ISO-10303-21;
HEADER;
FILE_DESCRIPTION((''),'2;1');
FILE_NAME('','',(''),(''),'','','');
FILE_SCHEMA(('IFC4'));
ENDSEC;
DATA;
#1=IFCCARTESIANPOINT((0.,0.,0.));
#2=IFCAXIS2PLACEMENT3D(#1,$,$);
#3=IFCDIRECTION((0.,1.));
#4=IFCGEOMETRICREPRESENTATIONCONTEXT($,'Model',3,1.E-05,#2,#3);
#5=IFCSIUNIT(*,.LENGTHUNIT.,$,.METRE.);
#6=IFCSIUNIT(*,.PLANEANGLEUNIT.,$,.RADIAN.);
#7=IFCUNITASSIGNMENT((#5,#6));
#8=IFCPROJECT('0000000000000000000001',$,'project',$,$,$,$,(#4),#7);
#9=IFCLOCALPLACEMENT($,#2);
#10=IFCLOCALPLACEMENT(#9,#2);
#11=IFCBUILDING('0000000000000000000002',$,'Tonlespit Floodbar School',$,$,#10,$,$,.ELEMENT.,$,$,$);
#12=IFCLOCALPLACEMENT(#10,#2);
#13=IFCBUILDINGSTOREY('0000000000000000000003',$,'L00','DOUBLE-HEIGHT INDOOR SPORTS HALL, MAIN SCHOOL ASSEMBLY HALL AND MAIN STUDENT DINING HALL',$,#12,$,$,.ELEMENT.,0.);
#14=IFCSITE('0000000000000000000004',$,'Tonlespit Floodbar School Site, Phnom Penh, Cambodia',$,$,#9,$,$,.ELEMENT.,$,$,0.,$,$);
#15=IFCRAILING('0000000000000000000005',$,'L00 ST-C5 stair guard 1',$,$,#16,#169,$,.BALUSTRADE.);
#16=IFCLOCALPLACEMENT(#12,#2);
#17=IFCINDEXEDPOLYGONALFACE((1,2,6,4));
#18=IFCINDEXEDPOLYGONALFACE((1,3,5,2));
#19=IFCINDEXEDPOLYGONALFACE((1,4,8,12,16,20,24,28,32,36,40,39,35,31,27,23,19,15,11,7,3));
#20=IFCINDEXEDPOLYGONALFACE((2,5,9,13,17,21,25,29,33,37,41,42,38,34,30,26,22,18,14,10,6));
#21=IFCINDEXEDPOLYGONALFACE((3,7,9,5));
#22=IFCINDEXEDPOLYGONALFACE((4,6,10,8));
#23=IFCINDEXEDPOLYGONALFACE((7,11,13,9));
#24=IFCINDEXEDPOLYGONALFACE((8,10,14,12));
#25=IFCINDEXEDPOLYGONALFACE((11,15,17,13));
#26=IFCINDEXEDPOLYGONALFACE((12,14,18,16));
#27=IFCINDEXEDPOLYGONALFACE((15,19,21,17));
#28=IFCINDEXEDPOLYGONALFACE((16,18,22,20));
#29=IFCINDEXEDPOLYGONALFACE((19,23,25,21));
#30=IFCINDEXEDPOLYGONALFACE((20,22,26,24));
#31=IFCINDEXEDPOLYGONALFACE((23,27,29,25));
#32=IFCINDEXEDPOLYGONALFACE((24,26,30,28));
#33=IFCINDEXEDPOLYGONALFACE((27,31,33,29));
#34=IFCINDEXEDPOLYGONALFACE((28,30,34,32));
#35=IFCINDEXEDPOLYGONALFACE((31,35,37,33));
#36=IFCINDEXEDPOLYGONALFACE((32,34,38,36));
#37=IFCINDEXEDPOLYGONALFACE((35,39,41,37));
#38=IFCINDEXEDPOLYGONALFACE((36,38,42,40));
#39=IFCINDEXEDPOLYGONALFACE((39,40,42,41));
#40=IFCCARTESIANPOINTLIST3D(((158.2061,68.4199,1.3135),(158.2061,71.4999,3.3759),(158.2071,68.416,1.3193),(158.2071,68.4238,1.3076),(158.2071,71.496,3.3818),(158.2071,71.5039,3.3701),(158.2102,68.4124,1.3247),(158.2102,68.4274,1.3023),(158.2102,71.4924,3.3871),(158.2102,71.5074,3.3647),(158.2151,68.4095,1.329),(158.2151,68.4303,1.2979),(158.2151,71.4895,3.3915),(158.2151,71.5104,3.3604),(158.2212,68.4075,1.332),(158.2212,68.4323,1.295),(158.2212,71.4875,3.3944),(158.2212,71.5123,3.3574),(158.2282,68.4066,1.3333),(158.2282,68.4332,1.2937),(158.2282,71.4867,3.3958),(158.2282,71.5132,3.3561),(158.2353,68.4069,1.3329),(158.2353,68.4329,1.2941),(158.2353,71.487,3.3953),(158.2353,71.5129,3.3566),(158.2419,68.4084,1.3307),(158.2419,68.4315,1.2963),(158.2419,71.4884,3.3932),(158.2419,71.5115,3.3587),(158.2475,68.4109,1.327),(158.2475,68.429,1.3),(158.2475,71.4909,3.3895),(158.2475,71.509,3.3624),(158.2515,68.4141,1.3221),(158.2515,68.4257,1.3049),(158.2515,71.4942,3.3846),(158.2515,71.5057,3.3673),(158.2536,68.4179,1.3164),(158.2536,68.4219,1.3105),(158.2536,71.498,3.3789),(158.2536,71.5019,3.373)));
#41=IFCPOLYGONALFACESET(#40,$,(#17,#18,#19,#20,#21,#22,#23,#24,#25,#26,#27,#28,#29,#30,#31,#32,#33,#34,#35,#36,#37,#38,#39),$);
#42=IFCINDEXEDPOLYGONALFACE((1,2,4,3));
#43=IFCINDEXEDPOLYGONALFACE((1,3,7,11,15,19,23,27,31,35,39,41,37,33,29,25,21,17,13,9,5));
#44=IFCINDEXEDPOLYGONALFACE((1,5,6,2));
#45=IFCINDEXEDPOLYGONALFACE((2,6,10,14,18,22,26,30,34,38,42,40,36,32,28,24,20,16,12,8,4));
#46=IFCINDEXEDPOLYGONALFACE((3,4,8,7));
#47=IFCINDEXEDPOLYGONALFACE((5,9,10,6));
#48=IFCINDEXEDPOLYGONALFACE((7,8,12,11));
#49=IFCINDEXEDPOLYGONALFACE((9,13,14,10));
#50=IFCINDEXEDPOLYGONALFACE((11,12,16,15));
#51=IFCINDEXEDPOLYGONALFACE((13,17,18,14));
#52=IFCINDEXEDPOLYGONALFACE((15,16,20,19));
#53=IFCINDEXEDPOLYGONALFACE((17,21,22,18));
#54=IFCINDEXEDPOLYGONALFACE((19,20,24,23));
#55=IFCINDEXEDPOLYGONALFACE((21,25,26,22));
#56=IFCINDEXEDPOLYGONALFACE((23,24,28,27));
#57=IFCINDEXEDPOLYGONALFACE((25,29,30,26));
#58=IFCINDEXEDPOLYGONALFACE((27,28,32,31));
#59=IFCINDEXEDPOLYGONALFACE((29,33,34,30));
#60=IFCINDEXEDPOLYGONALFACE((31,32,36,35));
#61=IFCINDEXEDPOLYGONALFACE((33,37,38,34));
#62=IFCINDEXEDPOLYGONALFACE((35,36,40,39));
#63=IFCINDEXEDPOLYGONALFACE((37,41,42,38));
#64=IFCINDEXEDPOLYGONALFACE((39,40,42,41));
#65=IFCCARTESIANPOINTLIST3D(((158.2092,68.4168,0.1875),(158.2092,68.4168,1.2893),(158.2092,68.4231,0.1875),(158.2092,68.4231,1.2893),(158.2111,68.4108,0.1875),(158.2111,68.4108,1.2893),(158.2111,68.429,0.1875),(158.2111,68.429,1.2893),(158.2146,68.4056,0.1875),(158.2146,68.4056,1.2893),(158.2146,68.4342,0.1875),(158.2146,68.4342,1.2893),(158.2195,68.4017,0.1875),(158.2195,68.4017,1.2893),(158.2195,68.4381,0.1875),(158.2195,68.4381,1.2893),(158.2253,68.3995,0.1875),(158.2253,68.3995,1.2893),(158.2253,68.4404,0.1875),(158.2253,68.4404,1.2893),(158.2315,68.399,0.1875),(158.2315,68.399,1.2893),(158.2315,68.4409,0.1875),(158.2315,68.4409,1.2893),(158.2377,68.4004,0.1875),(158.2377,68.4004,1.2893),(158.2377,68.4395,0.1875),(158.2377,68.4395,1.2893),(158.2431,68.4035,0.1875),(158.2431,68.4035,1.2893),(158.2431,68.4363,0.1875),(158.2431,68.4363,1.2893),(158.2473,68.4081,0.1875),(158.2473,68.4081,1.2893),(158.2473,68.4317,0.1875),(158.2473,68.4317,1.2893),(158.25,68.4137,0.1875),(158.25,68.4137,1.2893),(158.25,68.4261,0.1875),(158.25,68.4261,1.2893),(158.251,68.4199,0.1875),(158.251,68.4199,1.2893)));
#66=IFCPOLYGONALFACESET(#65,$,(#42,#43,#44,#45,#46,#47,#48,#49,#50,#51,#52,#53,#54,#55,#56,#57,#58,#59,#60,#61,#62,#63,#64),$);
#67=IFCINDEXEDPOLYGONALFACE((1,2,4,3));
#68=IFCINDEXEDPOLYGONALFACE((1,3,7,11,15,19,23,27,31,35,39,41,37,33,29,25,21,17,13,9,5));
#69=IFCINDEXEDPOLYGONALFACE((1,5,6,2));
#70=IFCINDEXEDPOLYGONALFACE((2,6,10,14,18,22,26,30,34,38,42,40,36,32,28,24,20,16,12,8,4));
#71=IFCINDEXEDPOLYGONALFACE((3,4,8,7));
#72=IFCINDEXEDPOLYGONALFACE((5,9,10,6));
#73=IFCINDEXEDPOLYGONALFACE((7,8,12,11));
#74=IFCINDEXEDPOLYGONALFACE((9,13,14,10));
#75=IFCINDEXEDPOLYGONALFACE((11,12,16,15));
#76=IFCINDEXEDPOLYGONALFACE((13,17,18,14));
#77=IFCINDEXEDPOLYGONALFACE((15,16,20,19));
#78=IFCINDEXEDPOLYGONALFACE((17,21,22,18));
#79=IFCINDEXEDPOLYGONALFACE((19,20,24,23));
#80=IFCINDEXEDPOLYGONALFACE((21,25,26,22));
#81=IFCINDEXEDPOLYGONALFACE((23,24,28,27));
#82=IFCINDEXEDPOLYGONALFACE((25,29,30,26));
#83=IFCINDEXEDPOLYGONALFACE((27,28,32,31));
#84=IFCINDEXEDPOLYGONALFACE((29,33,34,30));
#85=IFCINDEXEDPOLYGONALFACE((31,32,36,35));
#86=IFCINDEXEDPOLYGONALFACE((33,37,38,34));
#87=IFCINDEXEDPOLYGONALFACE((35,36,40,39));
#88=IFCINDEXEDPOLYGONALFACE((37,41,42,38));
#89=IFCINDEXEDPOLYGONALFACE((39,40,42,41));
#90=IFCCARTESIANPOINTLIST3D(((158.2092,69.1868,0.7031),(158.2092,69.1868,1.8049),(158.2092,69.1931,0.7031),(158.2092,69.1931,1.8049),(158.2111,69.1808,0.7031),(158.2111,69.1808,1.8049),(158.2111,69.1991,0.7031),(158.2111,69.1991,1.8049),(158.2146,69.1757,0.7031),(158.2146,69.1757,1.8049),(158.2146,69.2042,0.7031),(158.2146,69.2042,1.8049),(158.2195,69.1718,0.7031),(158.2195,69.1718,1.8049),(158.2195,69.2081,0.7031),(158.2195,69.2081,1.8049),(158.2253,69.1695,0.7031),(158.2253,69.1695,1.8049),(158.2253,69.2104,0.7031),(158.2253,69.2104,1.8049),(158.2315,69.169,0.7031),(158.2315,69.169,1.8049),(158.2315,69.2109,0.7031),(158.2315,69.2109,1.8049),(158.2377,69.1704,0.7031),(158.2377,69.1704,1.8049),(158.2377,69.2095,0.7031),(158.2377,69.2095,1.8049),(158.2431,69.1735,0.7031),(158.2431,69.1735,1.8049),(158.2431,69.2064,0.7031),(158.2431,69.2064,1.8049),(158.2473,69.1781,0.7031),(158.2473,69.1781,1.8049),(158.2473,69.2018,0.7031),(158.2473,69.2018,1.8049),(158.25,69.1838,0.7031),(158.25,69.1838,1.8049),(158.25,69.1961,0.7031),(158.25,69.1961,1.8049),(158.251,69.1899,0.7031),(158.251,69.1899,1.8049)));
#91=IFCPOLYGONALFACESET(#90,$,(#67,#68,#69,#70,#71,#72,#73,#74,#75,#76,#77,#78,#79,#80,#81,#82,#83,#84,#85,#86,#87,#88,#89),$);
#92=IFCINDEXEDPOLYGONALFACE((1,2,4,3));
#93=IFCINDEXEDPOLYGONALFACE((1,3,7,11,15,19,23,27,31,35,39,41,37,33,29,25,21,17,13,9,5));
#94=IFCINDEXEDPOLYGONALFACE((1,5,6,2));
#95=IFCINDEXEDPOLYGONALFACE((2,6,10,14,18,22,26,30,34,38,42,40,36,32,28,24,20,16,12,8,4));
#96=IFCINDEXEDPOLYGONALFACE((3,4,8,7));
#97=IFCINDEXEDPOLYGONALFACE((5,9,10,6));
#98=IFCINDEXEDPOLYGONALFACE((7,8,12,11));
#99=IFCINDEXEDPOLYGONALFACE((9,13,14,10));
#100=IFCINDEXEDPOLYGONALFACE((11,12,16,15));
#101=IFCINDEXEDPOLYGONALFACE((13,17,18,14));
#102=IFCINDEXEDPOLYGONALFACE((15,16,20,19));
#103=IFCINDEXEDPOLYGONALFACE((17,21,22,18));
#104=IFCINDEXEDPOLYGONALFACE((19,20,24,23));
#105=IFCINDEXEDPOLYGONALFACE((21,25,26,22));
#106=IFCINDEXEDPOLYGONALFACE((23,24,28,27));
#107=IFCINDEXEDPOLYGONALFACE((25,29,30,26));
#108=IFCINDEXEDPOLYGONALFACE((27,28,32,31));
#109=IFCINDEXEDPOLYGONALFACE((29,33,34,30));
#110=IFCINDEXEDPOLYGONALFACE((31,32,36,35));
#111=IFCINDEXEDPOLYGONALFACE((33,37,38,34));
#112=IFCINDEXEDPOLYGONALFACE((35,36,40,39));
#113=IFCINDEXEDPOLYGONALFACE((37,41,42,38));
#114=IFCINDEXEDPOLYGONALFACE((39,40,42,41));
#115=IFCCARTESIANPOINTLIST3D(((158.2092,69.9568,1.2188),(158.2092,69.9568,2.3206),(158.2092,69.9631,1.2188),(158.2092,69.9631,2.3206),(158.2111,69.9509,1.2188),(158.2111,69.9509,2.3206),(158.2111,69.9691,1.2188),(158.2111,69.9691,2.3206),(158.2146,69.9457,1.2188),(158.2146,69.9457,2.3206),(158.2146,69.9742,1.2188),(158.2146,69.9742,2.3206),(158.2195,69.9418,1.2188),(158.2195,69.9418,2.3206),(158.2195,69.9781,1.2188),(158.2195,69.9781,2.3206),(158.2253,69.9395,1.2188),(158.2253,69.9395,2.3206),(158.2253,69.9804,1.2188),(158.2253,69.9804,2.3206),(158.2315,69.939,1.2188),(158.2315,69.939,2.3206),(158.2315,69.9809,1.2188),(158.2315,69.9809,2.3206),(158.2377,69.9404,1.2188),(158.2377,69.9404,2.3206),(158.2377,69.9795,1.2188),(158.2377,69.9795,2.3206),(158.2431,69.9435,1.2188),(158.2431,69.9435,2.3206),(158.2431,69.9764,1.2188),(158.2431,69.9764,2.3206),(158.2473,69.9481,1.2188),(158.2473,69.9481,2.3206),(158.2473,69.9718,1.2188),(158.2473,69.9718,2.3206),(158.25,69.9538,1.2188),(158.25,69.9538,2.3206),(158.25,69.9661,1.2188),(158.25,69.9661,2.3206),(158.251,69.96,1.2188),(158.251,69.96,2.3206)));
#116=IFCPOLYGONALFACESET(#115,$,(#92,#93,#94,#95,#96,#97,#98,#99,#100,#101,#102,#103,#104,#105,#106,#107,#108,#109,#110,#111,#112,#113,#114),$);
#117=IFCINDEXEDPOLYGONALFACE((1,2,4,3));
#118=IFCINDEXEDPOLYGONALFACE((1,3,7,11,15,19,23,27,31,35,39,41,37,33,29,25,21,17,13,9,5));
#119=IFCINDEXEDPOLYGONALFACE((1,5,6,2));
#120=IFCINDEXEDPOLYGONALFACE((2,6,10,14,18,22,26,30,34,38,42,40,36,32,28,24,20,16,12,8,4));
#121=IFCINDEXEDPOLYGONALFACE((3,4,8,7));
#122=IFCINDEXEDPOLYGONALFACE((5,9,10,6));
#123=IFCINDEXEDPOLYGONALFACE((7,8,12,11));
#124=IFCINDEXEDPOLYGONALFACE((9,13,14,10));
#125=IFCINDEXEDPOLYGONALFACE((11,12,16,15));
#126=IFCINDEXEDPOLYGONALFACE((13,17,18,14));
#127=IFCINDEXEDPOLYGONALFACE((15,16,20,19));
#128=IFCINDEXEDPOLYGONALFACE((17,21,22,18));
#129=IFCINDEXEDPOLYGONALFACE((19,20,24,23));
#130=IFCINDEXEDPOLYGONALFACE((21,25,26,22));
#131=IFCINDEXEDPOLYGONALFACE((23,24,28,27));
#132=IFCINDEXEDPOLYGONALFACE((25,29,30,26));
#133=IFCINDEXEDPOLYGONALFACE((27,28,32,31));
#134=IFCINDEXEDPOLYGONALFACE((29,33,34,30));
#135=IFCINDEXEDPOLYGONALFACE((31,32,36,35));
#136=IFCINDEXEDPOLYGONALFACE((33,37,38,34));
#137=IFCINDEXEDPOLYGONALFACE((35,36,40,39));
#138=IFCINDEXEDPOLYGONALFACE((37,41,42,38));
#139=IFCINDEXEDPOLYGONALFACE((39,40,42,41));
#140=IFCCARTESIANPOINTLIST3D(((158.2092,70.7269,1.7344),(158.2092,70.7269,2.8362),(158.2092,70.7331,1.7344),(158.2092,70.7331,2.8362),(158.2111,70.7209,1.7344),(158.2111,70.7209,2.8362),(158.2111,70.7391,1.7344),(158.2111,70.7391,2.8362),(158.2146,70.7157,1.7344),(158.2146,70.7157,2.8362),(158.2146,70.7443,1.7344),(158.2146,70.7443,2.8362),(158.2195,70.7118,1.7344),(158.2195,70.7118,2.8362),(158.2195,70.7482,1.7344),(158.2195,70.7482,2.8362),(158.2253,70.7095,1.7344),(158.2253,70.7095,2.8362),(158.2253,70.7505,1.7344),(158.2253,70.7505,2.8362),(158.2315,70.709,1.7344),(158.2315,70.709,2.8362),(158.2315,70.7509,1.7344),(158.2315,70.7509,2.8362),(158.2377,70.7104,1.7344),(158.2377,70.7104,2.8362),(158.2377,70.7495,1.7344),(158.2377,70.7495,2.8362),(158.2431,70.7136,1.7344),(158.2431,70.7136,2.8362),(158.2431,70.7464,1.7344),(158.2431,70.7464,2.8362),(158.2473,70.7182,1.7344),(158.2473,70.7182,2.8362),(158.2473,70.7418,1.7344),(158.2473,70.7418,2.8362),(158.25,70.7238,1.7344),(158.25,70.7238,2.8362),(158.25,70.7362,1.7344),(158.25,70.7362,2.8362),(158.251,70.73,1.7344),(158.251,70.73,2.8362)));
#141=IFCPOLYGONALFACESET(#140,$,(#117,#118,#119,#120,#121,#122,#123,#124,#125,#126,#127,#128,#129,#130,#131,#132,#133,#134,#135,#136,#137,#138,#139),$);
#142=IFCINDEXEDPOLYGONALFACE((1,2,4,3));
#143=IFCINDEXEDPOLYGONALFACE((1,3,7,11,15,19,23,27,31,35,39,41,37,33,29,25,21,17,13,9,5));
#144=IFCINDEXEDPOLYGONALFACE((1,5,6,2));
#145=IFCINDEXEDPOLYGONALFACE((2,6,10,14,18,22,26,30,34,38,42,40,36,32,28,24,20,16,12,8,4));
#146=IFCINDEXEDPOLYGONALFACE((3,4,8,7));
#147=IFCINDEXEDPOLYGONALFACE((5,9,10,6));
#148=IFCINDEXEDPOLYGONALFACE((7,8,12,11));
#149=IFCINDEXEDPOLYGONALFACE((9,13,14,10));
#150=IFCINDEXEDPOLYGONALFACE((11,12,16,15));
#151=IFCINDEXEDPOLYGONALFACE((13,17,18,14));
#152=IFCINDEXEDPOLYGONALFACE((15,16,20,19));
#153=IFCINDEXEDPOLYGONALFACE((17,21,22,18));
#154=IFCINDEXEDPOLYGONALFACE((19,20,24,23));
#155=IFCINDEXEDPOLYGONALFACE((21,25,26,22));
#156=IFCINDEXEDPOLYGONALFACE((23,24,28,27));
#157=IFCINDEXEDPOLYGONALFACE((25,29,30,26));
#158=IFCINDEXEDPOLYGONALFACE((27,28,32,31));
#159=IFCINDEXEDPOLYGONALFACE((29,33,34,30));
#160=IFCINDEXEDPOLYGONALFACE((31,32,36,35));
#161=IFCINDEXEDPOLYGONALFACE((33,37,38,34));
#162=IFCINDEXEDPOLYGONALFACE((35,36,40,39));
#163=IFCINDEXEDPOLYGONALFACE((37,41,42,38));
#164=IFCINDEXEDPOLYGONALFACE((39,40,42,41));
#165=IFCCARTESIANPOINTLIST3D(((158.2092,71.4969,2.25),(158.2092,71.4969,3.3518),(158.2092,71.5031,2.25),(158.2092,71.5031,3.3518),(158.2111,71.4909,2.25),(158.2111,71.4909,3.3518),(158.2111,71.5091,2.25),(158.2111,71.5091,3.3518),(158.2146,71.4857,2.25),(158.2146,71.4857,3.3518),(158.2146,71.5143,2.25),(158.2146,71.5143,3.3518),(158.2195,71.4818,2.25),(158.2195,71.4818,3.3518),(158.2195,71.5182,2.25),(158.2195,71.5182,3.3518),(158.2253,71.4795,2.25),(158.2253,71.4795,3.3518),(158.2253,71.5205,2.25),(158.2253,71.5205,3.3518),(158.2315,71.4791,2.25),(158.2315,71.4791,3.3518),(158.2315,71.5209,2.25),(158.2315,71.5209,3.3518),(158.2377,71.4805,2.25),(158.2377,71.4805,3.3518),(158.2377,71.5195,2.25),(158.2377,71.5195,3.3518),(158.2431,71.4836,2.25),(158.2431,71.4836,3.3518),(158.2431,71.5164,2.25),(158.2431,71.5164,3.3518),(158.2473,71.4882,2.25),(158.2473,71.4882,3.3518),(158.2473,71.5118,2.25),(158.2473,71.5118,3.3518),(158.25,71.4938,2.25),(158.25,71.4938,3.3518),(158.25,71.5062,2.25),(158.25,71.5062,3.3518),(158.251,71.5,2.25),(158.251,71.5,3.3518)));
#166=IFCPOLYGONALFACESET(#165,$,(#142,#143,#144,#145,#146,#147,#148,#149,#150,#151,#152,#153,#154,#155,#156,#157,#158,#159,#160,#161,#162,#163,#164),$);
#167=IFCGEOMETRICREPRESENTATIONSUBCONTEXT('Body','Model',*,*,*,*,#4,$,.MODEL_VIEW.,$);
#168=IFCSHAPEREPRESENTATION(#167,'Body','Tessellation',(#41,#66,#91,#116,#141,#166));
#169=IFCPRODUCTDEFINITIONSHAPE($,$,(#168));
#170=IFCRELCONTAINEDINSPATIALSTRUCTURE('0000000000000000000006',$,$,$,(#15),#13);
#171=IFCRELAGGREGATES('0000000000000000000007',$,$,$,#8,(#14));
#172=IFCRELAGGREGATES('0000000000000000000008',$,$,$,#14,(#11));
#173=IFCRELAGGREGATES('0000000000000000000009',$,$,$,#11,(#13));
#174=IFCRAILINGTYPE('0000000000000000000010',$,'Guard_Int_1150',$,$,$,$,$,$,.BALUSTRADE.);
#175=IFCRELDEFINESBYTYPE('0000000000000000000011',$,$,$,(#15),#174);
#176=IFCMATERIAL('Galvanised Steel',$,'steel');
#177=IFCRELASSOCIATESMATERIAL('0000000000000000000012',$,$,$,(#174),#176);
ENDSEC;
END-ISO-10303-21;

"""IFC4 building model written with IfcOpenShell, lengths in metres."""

from ifc_helpers import new_model, si_unit, direction, frame, origin, origin_2d, place, context, subcontext, project, spatial, circle, extrude, material, type_object, element, save


model = new_model("IFC4")

# Units and contexts
model_context = context("Model", 3, precision=1e-05, world=origin(), true_north=direction((0.0, 1.0)))
body_context = subcontext(model_context, "Body", "Model", "MODEL_VIEW")
ifc_project = project(units=[si_unit("LENGTHUNIT", "METRE"), si_unit("PLANEANGLEUNIT", "RADIAN")], contexts=[model_context])

# Site, building, storey
site_placement = place(None, origin())
site = spatial("IfcSite", under=ifc_project, at=site_placement, Name="Tonlespit Floodbar School Site, Phnom Penh, Cambodia", CompositionType="ELEMENT", RefElevation=0.0)
building_placement = place(site_placement, origin())
building = spatial("IfcBuilding", under=site, at=building_placement, Name="Tonlespit Floodbar School", CompositionType="ELEMENT")
storey_placement = place(building_placement, origin())
storey = spatial("IfcBuildingStorey", under=building, at=storey_placement, Name="L00", Description="DOUBLE-HEIGHT INDOOR SPORTS HALL, MAIN SCHOOL ASSEMBLY HALL AND MAIN STUDENT DINING HALL", CompositionType="ELEMENT", Elevation=0.0)

# Shared definitions
ifc_material_1 = material(Name="Galvanised Steel", Category="steel")

# Railing
railing_type_1 = type_object("IfcRailingType", Name="Guard_Int_1150", PredefinedType="BALUSTRADE", material=ifc_material_1)
railing_1_placement = place(storey_placement, frame((158.23, 68.4199, 0.1875)))
element("IfcRailing", 1, at=railing_1_placement, inside=storey, type_object=railing_type_1, Name="L00 ST-C5 stair guard 1", PredefinedType="BALUSTRADE", context=body_context, shape_type="SweptSolid", body=[
    extrude(circle(Radius=0.0239, at=origin_2d()), frame((0.0, 0.0, 1.126), z_axis=(0.0, 0.830914, 0.556401), x_axis=(-1.0, 0.0, 0.0)), (0.0, 0.0, 1.0), 3.7068),
    extrude(circle(Radius=0.021, at=origin_2d()), origin(), (0.0, 0.0, 1.0), 1.1018),
    extrude(circle(Radius=0.021, at=origin_2d()), frame((0.0, 0.77, 0.5156)), (0.0, 0.0, 1.0), 1.1018),
    extrude(circle(Radius=0.021, at=origin_2d()), frame((0.0, 1.54, 1.0312)), (0.0, 0.0, 1.0), 1.1018),
    extrude(circle(Radius=0.021, at=origin_2d()), frame((0.0, 2.3101, 1.5469)), (0.0, 0.0, 1.0), 1.1018),
    extrude(circle(Radius=0.021, at=origin_2d()), frame((0.0, 3.0801, 2.0625)), (0.0, 0.0, 1.0), 1.1018),
])

save(model, "model.ifc")
